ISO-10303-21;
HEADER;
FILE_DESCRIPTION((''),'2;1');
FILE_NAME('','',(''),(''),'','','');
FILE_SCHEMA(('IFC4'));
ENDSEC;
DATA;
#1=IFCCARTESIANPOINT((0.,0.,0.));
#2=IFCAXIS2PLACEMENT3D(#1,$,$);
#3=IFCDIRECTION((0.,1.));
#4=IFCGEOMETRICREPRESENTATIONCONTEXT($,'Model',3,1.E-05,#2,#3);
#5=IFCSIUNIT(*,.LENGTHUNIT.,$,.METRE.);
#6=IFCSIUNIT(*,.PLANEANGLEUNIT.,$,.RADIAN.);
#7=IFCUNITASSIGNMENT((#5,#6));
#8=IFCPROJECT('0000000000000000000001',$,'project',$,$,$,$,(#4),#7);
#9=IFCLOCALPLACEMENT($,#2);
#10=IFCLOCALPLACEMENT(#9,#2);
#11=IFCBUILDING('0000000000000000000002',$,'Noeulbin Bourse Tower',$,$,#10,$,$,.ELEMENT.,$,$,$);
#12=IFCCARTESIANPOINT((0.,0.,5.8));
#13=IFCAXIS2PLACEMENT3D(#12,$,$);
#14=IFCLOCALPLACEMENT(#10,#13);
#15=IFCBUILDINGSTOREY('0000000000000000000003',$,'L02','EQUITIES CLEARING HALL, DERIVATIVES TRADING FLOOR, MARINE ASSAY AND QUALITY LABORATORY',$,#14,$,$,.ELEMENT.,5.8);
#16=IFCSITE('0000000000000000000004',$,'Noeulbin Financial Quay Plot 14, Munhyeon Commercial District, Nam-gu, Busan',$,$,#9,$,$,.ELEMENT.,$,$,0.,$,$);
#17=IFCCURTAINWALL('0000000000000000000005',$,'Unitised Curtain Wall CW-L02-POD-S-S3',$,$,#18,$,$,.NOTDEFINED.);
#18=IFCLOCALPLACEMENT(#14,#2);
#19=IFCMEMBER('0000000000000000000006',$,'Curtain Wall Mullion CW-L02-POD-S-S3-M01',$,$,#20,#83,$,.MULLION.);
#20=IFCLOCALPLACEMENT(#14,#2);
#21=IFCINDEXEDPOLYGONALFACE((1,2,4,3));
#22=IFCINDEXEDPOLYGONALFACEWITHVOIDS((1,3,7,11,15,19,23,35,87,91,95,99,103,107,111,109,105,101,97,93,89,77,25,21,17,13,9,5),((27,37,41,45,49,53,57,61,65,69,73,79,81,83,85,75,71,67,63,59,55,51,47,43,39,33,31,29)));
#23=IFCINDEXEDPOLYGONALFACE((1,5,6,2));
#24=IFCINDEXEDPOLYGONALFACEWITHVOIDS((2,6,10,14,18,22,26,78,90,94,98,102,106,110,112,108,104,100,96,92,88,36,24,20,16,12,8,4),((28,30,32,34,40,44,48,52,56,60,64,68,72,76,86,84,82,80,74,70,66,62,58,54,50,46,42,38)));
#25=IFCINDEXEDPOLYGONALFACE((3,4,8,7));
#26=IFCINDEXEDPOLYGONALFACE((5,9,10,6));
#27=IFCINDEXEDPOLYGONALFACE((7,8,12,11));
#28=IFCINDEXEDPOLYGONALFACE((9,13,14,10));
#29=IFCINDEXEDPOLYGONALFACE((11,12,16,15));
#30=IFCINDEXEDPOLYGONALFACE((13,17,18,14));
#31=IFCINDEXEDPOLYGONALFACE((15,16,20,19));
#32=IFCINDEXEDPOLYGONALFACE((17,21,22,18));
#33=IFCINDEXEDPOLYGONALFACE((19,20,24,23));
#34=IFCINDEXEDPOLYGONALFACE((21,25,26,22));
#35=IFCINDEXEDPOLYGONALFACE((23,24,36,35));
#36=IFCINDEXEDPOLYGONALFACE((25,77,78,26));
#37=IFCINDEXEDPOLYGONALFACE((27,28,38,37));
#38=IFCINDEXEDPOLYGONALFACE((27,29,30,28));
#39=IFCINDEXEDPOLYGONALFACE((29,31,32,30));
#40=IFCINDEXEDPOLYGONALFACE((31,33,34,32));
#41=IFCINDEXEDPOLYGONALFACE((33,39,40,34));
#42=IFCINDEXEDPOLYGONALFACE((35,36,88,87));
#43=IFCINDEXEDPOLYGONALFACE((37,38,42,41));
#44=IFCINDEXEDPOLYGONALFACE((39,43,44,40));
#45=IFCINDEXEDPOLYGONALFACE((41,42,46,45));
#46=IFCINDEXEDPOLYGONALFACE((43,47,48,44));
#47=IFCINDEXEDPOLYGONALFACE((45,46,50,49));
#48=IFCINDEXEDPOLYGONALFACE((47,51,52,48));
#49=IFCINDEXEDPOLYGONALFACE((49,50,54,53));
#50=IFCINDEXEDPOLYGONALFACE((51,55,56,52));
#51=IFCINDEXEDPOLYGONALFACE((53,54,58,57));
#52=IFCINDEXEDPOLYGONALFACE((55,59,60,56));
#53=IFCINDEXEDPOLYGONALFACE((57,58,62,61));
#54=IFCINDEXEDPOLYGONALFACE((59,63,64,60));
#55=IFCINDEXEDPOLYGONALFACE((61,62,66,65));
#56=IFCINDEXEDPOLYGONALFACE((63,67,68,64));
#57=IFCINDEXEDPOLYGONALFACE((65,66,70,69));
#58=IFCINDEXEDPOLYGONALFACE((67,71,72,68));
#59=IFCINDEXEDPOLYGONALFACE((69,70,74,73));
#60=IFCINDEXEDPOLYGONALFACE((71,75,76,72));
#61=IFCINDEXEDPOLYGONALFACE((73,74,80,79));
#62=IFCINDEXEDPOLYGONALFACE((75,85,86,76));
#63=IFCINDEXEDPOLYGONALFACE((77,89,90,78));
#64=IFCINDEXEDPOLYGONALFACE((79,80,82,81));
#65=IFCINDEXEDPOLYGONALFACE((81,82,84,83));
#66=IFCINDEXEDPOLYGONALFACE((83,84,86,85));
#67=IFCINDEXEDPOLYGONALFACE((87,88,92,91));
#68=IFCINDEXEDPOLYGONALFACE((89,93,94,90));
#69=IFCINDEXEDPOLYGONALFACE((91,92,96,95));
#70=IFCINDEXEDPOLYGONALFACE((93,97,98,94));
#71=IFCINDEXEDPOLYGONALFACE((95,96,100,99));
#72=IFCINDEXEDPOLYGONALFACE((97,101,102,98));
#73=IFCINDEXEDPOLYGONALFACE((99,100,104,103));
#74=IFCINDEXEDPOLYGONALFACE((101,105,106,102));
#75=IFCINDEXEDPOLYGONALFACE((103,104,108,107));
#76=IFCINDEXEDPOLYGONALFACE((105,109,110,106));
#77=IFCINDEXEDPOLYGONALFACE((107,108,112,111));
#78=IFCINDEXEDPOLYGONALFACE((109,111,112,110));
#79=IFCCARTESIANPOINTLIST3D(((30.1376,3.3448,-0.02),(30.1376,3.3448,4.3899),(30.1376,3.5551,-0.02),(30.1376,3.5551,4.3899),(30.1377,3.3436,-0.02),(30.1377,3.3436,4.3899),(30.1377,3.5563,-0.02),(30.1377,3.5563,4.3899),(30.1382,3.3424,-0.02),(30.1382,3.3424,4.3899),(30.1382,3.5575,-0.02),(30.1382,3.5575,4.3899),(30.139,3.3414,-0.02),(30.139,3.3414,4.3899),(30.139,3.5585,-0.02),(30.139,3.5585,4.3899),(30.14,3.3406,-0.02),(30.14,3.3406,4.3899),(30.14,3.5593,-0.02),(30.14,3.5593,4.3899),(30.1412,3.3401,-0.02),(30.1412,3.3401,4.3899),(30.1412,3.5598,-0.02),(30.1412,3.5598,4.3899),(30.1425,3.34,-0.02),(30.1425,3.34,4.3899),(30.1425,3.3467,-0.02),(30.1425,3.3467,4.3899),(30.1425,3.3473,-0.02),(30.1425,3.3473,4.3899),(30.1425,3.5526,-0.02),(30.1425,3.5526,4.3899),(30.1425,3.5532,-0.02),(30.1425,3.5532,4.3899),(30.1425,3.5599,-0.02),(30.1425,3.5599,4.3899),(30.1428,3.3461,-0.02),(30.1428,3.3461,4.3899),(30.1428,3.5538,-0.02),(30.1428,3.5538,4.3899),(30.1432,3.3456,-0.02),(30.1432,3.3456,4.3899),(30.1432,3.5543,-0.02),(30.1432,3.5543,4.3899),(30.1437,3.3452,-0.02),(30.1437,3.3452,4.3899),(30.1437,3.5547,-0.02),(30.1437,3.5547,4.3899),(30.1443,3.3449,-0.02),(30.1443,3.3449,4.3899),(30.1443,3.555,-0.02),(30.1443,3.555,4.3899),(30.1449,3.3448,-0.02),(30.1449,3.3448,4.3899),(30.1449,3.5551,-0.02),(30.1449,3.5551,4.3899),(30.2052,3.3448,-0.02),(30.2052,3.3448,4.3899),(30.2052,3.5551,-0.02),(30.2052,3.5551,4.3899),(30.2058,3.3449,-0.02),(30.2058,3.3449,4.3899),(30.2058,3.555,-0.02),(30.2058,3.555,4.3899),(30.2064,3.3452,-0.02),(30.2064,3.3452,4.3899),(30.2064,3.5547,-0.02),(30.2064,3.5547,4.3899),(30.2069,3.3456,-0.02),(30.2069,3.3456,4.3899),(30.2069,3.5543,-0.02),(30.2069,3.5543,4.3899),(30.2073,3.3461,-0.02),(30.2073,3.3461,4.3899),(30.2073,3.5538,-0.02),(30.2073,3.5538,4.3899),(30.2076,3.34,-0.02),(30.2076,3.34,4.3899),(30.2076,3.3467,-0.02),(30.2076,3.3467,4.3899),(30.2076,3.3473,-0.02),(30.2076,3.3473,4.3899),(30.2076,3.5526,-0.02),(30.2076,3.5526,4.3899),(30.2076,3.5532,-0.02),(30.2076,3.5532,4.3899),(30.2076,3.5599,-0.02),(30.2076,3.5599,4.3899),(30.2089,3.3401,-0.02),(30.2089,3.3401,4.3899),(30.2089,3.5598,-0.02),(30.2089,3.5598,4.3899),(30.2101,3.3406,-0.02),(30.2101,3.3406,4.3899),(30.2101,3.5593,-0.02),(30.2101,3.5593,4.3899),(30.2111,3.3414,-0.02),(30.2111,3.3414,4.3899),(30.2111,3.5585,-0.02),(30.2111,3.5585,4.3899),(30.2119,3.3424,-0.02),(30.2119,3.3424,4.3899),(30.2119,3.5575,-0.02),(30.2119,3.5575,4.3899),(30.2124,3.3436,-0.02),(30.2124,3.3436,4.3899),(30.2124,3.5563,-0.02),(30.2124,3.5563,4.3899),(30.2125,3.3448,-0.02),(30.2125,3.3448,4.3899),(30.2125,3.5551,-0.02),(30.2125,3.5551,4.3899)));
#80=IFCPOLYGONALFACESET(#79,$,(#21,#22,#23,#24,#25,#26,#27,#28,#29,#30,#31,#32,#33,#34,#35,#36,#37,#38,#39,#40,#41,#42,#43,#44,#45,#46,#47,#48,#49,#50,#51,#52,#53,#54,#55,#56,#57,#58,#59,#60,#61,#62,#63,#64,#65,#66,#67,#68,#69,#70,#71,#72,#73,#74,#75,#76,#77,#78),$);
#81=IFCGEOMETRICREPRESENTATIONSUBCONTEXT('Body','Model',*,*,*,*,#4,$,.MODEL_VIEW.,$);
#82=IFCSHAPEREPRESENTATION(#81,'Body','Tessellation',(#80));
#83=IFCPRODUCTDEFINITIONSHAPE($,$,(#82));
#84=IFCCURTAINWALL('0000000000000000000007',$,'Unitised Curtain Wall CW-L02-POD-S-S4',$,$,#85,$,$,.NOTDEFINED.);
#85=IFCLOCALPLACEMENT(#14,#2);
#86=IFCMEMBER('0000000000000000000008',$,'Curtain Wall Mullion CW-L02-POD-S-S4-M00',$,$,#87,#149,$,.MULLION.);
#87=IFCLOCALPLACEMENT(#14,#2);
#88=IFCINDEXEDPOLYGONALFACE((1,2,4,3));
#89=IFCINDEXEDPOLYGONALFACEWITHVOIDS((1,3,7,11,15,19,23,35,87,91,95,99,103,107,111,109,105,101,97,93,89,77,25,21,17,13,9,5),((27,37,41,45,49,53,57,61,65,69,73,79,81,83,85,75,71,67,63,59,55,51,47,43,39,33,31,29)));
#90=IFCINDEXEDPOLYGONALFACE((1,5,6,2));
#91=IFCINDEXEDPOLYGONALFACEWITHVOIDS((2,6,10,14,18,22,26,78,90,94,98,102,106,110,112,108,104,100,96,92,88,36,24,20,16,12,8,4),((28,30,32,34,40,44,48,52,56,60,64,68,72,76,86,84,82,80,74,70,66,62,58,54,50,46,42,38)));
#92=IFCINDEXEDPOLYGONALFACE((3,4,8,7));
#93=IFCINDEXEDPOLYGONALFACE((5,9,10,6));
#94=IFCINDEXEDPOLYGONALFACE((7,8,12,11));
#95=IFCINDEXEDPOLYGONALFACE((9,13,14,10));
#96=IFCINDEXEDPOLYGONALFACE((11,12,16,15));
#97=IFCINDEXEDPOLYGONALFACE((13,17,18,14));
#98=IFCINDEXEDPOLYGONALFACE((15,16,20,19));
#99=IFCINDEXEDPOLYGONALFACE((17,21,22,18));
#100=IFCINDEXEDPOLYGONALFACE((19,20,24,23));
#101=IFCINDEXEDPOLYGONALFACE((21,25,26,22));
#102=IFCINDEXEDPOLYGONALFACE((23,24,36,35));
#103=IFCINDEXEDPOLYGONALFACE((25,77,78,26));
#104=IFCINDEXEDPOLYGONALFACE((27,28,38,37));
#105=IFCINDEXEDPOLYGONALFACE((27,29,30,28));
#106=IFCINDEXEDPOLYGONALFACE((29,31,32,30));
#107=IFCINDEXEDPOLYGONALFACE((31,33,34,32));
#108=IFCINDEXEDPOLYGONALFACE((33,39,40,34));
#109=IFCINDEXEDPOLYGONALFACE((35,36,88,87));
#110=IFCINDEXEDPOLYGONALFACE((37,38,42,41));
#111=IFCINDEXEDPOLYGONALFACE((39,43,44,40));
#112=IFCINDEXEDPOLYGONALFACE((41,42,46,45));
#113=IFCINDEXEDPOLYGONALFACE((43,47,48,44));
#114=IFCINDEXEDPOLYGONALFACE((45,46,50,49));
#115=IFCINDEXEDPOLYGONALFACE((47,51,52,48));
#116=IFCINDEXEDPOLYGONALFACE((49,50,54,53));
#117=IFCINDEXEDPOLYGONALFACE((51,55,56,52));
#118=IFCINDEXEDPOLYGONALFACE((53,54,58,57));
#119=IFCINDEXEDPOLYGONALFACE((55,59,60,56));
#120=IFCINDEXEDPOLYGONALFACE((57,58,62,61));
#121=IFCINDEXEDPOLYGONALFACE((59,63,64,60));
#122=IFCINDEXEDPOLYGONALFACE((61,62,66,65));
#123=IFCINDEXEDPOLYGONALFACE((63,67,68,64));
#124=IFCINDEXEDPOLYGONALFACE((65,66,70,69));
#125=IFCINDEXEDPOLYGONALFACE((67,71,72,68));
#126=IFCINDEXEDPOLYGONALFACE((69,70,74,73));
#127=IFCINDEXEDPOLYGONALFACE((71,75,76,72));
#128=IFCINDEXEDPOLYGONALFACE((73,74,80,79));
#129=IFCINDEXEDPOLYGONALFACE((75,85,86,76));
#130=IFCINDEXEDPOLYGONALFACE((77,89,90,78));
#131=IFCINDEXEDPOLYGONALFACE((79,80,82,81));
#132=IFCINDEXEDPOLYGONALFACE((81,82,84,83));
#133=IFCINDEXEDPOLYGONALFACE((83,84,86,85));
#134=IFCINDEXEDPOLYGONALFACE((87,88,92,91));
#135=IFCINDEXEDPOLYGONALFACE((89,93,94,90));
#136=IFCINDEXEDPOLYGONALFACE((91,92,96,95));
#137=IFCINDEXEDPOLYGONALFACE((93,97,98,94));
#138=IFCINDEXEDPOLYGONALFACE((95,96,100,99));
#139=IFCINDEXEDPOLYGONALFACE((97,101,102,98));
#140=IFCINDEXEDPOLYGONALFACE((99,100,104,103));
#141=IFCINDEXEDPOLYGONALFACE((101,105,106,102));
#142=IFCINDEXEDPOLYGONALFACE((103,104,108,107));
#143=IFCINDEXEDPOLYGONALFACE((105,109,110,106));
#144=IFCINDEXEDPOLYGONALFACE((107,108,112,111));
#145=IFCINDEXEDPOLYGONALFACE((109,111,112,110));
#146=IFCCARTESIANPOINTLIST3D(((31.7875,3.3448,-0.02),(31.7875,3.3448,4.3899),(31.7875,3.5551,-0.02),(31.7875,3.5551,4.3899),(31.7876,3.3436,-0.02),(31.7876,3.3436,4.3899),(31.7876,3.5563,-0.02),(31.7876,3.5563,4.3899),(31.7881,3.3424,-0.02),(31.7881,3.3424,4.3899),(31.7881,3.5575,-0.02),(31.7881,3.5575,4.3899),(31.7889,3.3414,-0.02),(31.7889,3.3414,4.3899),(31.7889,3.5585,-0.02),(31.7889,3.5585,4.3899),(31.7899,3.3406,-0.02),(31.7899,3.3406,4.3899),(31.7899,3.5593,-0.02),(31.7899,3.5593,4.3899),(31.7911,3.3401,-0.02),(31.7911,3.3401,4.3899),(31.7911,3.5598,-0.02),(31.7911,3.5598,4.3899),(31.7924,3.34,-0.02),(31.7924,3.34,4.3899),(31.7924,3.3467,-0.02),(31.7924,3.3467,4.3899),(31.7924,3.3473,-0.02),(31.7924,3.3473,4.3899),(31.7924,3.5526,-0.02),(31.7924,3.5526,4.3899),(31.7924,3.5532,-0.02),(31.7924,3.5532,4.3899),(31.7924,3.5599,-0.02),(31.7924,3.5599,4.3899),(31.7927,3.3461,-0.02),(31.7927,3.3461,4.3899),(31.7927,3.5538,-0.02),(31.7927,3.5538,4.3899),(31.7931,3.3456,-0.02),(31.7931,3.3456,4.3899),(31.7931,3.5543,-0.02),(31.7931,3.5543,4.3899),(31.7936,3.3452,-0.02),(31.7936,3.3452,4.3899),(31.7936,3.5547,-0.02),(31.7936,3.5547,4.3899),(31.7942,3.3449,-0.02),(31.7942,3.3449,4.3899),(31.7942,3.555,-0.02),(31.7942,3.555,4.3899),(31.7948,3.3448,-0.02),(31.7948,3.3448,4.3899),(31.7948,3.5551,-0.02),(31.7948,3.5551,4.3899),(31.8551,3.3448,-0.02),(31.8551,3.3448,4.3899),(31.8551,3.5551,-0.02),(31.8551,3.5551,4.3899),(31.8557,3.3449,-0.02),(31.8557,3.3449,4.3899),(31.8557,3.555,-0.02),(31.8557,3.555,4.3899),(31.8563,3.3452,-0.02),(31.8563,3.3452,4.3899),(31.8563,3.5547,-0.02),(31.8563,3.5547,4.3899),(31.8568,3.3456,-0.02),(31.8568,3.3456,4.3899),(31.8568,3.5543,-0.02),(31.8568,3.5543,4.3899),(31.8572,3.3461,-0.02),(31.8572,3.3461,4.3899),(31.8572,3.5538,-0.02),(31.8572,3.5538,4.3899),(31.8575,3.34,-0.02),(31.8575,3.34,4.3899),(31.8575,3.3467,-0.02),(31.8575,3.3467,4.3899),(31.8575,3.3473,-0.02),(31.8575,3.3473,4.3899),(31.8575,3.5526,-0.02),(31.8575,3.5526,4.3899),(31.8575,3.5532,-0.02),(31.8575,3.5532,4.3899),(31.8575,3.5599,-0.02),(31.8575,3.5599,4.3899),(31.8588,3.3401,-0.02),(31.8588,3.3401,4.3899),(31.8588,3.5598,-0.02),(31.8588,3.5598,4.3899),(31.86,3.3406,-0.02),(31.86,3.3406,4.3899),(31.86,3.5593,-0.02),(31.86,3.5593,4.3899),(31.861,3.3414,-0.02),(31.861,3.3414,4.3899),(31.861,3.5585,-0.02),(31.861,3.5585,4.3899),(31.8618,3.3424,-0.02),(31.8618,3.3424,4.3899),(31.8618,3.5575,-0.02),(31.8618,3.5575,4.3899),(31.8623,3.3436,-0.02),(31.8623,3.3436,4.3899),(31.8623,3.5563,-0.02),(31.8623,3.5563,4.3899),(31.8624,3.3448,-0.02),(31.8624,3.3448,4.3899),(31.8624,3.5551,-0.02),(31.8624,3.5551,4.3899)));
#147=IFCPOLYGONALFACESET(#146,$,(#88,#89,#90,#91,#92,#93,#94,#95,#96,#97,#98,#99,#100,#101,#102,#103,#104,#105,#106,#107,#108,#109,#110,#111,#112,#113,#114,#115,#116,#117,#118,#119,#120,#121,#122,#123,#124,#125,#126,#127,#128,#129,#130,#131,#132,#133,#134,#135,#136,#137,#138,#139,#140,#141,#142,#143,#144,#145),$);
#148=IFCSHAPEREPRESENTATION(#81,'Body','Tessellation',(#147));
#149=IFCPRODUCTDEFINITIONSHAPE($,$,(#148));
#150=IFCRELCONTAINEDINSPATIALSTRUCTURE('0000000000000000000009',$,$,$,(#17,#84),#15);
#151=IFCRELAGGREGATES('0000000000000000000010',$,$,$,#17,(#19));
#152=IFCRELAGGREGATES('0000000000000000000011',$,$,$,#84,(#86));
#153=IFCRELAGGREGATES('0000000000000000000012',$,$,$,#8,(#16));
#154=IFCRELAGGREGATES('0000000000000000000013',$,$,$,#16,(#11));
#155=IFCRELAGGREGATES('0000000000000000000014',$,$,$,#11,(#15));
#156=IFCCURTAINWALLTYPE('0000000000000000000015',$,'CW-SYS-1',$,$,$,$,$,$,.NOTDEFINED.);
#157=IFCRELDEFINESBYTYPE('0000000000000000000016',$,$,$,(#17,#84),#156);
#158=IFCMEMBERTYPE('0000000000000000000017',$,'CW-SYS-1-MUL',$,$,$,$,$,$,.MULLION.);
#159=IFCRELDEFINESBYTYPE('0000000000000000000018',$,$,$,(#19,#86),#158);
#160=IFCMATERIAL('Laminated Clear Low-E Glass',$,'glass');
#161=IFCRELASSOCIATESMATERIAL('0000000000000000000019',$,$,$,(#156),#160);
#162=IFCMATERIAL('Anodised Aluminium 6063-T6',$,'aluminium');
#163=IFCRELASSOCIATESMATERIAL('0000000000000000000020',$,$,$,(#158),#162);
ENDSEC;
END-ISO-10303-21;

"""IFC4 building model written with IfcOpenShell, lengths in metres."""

from ifc_helpers import new_model, si_unit, direction, frame, origin, origin_2d, place, context, subcontext, project, spatial, hollow_rectangle, extrude, material, material_profile, profile_set, type_object, element, aggregate, save


model = new_model("IFC4")

# Units and contexts
model_context = context("Model", 3, precision=1e-05, world=origin(), true_north=direction((0.0, 1.0)))
body_context = subcontext(model_context, "Body", "Model", "MODEL_VIEW")
ifc_project = project(units=[si_unit("LENGTHUNIT", "METRE"), si_unit("PLANEANGLEUNIT", "RADIAN")], contexts=[model_context])

# Site, building, storey
site_placement = place(None, origin())
site = spatial("IfcSite", under=ifc_project, at=site_placement, Name="Noeulbin Financial Quay Plot 14, Munhyeon Commercial District, Nam-gu, Busan", CompositionType="ELEMENT", RefElevation=0.0)
building_placement = place(site_placement, origin())
building = spatial("IfcBuilding", under=site, at=building_placement, Name="Noeulbin Bourse Tower", CompositionType="ELEMENT")
storey_placement = place(building_placement, frame((0.0, 0.0, 5.8)))
storey = spatial("IfcBuildingStorey", under=building, at=storey_placement, Name="L02", Description="EQUITIES CLEARING HALL, DERIVATIVES TRADING FLOOR, MARINE ASSAY AND QUALITY LABORATORY", CompositionType="ELEMENT", Elevation=5.8)

# Curtain wall, member
ifc_material_1 = material(Name="Laminated Clear Low-E Glass", Category="glass")
curtain_wall_type = type_object("IfcCurtainWallType", Name="CW-SYS-1", PredefinedType="NOTDEFINED", material=ifc_material_1)
curtain_wall_1_placement = place(storey_placement, origin())
curtain_wall_1 = element("IfcCurtainWall", 1, at=curtain_wall_1_placement, inside=storey, type_object=curtain_wall_type, Name="Unitised Curtain Wall CW-L02-POD-S-S3", PredefinedType="NOTDEFINED")
ifc_material_2 = material(Name="Anodised Aluminium 6063-T6", Category="aluminium")
ifc_material_profile_1 = material_profile(ifc_material_2, hollow_rectangle(XDim=0.075, YDim=0.22, WallThickness=0.0049, InnerFilletRadius=0.0024, OuterFilletRadius=0.0049, at=origin_2d()), Name="ALU-MULL-75x220x5", Category="LoadBearing")
ifc_profile_set_1 = profile_set([ifc_material_profile_1], Name="Anodised Aluminium 6063-T6")
member_type_1 = type_object("IfcMemberType", Name="CW-SYS-1-MUL", PredefinedType="MULLION", material=ifc_profile_set_1)
member_1_placement = place(storey_placement, frame((30.175, 3.45, -0.02), z_axis=(0.0, 0.0, 1.0), x_axis=(1.0, 0.0, 0.0)))
member_1 = element("IfcMember", 2, at=member_1_placement, type_object=member_type_1, Name="Curtain Wall Mullion CW-L02-POD-S-S3-M01", PredefinedType="MULLION", context=body_context, shape_type="SweptSolid", body=[
    extrude(hollow_rectangle(XDim=0.075, YDim=0.22, WallThickness=0.0049, InnerFilletRadius=0.0024, OuterFilletRadius=0.0049, at=origin_2d()), origin(), (0.0, 0.0, 1.0), 4.4099),
])
aggregate(curtain_wall_1, [member_1])

# Curtain wall, member
curtain_wall_2_placement = place(storey_placement, origin())
curtain_wall_2 = element("IfcCurtainWall", 3, at=curtain_wall_2_placement, inside=storey, type_object=curtain_wall_type, Name="Unitised Curtain Wall CW-L02-POD-S-S4", PredefinedType="NOTDEFINED")
member_2_placement = place(storey_placement, frame((31.825, 3.45, -0.02), z_axis=(0.0, 0.0, 1.0), x_axis=(1.0, 0.0, 0.0)))
member_2 = element("IfcMember", 4, at=member_2_placement, type_object=member_type_1, Name="Curtain Wall Mullion CW-L02-POD-S-S4-M00", PredefinedType="MULLION", context=body_context, shape_type="SweptSolid", body=[
    extrude(hollow_rectangle(XDim=0.075, YDim=0.22, WallThickness=0.0049, InnerFilletRadius=0.0024, OuterFilletRadius=0.0049, at=origin_2d()), origin(), (0.0, 0.0, 1.0), 4.4099),
])

aggregate(curtain_wall_2, [member_2])

save(model, "model.ifc")
